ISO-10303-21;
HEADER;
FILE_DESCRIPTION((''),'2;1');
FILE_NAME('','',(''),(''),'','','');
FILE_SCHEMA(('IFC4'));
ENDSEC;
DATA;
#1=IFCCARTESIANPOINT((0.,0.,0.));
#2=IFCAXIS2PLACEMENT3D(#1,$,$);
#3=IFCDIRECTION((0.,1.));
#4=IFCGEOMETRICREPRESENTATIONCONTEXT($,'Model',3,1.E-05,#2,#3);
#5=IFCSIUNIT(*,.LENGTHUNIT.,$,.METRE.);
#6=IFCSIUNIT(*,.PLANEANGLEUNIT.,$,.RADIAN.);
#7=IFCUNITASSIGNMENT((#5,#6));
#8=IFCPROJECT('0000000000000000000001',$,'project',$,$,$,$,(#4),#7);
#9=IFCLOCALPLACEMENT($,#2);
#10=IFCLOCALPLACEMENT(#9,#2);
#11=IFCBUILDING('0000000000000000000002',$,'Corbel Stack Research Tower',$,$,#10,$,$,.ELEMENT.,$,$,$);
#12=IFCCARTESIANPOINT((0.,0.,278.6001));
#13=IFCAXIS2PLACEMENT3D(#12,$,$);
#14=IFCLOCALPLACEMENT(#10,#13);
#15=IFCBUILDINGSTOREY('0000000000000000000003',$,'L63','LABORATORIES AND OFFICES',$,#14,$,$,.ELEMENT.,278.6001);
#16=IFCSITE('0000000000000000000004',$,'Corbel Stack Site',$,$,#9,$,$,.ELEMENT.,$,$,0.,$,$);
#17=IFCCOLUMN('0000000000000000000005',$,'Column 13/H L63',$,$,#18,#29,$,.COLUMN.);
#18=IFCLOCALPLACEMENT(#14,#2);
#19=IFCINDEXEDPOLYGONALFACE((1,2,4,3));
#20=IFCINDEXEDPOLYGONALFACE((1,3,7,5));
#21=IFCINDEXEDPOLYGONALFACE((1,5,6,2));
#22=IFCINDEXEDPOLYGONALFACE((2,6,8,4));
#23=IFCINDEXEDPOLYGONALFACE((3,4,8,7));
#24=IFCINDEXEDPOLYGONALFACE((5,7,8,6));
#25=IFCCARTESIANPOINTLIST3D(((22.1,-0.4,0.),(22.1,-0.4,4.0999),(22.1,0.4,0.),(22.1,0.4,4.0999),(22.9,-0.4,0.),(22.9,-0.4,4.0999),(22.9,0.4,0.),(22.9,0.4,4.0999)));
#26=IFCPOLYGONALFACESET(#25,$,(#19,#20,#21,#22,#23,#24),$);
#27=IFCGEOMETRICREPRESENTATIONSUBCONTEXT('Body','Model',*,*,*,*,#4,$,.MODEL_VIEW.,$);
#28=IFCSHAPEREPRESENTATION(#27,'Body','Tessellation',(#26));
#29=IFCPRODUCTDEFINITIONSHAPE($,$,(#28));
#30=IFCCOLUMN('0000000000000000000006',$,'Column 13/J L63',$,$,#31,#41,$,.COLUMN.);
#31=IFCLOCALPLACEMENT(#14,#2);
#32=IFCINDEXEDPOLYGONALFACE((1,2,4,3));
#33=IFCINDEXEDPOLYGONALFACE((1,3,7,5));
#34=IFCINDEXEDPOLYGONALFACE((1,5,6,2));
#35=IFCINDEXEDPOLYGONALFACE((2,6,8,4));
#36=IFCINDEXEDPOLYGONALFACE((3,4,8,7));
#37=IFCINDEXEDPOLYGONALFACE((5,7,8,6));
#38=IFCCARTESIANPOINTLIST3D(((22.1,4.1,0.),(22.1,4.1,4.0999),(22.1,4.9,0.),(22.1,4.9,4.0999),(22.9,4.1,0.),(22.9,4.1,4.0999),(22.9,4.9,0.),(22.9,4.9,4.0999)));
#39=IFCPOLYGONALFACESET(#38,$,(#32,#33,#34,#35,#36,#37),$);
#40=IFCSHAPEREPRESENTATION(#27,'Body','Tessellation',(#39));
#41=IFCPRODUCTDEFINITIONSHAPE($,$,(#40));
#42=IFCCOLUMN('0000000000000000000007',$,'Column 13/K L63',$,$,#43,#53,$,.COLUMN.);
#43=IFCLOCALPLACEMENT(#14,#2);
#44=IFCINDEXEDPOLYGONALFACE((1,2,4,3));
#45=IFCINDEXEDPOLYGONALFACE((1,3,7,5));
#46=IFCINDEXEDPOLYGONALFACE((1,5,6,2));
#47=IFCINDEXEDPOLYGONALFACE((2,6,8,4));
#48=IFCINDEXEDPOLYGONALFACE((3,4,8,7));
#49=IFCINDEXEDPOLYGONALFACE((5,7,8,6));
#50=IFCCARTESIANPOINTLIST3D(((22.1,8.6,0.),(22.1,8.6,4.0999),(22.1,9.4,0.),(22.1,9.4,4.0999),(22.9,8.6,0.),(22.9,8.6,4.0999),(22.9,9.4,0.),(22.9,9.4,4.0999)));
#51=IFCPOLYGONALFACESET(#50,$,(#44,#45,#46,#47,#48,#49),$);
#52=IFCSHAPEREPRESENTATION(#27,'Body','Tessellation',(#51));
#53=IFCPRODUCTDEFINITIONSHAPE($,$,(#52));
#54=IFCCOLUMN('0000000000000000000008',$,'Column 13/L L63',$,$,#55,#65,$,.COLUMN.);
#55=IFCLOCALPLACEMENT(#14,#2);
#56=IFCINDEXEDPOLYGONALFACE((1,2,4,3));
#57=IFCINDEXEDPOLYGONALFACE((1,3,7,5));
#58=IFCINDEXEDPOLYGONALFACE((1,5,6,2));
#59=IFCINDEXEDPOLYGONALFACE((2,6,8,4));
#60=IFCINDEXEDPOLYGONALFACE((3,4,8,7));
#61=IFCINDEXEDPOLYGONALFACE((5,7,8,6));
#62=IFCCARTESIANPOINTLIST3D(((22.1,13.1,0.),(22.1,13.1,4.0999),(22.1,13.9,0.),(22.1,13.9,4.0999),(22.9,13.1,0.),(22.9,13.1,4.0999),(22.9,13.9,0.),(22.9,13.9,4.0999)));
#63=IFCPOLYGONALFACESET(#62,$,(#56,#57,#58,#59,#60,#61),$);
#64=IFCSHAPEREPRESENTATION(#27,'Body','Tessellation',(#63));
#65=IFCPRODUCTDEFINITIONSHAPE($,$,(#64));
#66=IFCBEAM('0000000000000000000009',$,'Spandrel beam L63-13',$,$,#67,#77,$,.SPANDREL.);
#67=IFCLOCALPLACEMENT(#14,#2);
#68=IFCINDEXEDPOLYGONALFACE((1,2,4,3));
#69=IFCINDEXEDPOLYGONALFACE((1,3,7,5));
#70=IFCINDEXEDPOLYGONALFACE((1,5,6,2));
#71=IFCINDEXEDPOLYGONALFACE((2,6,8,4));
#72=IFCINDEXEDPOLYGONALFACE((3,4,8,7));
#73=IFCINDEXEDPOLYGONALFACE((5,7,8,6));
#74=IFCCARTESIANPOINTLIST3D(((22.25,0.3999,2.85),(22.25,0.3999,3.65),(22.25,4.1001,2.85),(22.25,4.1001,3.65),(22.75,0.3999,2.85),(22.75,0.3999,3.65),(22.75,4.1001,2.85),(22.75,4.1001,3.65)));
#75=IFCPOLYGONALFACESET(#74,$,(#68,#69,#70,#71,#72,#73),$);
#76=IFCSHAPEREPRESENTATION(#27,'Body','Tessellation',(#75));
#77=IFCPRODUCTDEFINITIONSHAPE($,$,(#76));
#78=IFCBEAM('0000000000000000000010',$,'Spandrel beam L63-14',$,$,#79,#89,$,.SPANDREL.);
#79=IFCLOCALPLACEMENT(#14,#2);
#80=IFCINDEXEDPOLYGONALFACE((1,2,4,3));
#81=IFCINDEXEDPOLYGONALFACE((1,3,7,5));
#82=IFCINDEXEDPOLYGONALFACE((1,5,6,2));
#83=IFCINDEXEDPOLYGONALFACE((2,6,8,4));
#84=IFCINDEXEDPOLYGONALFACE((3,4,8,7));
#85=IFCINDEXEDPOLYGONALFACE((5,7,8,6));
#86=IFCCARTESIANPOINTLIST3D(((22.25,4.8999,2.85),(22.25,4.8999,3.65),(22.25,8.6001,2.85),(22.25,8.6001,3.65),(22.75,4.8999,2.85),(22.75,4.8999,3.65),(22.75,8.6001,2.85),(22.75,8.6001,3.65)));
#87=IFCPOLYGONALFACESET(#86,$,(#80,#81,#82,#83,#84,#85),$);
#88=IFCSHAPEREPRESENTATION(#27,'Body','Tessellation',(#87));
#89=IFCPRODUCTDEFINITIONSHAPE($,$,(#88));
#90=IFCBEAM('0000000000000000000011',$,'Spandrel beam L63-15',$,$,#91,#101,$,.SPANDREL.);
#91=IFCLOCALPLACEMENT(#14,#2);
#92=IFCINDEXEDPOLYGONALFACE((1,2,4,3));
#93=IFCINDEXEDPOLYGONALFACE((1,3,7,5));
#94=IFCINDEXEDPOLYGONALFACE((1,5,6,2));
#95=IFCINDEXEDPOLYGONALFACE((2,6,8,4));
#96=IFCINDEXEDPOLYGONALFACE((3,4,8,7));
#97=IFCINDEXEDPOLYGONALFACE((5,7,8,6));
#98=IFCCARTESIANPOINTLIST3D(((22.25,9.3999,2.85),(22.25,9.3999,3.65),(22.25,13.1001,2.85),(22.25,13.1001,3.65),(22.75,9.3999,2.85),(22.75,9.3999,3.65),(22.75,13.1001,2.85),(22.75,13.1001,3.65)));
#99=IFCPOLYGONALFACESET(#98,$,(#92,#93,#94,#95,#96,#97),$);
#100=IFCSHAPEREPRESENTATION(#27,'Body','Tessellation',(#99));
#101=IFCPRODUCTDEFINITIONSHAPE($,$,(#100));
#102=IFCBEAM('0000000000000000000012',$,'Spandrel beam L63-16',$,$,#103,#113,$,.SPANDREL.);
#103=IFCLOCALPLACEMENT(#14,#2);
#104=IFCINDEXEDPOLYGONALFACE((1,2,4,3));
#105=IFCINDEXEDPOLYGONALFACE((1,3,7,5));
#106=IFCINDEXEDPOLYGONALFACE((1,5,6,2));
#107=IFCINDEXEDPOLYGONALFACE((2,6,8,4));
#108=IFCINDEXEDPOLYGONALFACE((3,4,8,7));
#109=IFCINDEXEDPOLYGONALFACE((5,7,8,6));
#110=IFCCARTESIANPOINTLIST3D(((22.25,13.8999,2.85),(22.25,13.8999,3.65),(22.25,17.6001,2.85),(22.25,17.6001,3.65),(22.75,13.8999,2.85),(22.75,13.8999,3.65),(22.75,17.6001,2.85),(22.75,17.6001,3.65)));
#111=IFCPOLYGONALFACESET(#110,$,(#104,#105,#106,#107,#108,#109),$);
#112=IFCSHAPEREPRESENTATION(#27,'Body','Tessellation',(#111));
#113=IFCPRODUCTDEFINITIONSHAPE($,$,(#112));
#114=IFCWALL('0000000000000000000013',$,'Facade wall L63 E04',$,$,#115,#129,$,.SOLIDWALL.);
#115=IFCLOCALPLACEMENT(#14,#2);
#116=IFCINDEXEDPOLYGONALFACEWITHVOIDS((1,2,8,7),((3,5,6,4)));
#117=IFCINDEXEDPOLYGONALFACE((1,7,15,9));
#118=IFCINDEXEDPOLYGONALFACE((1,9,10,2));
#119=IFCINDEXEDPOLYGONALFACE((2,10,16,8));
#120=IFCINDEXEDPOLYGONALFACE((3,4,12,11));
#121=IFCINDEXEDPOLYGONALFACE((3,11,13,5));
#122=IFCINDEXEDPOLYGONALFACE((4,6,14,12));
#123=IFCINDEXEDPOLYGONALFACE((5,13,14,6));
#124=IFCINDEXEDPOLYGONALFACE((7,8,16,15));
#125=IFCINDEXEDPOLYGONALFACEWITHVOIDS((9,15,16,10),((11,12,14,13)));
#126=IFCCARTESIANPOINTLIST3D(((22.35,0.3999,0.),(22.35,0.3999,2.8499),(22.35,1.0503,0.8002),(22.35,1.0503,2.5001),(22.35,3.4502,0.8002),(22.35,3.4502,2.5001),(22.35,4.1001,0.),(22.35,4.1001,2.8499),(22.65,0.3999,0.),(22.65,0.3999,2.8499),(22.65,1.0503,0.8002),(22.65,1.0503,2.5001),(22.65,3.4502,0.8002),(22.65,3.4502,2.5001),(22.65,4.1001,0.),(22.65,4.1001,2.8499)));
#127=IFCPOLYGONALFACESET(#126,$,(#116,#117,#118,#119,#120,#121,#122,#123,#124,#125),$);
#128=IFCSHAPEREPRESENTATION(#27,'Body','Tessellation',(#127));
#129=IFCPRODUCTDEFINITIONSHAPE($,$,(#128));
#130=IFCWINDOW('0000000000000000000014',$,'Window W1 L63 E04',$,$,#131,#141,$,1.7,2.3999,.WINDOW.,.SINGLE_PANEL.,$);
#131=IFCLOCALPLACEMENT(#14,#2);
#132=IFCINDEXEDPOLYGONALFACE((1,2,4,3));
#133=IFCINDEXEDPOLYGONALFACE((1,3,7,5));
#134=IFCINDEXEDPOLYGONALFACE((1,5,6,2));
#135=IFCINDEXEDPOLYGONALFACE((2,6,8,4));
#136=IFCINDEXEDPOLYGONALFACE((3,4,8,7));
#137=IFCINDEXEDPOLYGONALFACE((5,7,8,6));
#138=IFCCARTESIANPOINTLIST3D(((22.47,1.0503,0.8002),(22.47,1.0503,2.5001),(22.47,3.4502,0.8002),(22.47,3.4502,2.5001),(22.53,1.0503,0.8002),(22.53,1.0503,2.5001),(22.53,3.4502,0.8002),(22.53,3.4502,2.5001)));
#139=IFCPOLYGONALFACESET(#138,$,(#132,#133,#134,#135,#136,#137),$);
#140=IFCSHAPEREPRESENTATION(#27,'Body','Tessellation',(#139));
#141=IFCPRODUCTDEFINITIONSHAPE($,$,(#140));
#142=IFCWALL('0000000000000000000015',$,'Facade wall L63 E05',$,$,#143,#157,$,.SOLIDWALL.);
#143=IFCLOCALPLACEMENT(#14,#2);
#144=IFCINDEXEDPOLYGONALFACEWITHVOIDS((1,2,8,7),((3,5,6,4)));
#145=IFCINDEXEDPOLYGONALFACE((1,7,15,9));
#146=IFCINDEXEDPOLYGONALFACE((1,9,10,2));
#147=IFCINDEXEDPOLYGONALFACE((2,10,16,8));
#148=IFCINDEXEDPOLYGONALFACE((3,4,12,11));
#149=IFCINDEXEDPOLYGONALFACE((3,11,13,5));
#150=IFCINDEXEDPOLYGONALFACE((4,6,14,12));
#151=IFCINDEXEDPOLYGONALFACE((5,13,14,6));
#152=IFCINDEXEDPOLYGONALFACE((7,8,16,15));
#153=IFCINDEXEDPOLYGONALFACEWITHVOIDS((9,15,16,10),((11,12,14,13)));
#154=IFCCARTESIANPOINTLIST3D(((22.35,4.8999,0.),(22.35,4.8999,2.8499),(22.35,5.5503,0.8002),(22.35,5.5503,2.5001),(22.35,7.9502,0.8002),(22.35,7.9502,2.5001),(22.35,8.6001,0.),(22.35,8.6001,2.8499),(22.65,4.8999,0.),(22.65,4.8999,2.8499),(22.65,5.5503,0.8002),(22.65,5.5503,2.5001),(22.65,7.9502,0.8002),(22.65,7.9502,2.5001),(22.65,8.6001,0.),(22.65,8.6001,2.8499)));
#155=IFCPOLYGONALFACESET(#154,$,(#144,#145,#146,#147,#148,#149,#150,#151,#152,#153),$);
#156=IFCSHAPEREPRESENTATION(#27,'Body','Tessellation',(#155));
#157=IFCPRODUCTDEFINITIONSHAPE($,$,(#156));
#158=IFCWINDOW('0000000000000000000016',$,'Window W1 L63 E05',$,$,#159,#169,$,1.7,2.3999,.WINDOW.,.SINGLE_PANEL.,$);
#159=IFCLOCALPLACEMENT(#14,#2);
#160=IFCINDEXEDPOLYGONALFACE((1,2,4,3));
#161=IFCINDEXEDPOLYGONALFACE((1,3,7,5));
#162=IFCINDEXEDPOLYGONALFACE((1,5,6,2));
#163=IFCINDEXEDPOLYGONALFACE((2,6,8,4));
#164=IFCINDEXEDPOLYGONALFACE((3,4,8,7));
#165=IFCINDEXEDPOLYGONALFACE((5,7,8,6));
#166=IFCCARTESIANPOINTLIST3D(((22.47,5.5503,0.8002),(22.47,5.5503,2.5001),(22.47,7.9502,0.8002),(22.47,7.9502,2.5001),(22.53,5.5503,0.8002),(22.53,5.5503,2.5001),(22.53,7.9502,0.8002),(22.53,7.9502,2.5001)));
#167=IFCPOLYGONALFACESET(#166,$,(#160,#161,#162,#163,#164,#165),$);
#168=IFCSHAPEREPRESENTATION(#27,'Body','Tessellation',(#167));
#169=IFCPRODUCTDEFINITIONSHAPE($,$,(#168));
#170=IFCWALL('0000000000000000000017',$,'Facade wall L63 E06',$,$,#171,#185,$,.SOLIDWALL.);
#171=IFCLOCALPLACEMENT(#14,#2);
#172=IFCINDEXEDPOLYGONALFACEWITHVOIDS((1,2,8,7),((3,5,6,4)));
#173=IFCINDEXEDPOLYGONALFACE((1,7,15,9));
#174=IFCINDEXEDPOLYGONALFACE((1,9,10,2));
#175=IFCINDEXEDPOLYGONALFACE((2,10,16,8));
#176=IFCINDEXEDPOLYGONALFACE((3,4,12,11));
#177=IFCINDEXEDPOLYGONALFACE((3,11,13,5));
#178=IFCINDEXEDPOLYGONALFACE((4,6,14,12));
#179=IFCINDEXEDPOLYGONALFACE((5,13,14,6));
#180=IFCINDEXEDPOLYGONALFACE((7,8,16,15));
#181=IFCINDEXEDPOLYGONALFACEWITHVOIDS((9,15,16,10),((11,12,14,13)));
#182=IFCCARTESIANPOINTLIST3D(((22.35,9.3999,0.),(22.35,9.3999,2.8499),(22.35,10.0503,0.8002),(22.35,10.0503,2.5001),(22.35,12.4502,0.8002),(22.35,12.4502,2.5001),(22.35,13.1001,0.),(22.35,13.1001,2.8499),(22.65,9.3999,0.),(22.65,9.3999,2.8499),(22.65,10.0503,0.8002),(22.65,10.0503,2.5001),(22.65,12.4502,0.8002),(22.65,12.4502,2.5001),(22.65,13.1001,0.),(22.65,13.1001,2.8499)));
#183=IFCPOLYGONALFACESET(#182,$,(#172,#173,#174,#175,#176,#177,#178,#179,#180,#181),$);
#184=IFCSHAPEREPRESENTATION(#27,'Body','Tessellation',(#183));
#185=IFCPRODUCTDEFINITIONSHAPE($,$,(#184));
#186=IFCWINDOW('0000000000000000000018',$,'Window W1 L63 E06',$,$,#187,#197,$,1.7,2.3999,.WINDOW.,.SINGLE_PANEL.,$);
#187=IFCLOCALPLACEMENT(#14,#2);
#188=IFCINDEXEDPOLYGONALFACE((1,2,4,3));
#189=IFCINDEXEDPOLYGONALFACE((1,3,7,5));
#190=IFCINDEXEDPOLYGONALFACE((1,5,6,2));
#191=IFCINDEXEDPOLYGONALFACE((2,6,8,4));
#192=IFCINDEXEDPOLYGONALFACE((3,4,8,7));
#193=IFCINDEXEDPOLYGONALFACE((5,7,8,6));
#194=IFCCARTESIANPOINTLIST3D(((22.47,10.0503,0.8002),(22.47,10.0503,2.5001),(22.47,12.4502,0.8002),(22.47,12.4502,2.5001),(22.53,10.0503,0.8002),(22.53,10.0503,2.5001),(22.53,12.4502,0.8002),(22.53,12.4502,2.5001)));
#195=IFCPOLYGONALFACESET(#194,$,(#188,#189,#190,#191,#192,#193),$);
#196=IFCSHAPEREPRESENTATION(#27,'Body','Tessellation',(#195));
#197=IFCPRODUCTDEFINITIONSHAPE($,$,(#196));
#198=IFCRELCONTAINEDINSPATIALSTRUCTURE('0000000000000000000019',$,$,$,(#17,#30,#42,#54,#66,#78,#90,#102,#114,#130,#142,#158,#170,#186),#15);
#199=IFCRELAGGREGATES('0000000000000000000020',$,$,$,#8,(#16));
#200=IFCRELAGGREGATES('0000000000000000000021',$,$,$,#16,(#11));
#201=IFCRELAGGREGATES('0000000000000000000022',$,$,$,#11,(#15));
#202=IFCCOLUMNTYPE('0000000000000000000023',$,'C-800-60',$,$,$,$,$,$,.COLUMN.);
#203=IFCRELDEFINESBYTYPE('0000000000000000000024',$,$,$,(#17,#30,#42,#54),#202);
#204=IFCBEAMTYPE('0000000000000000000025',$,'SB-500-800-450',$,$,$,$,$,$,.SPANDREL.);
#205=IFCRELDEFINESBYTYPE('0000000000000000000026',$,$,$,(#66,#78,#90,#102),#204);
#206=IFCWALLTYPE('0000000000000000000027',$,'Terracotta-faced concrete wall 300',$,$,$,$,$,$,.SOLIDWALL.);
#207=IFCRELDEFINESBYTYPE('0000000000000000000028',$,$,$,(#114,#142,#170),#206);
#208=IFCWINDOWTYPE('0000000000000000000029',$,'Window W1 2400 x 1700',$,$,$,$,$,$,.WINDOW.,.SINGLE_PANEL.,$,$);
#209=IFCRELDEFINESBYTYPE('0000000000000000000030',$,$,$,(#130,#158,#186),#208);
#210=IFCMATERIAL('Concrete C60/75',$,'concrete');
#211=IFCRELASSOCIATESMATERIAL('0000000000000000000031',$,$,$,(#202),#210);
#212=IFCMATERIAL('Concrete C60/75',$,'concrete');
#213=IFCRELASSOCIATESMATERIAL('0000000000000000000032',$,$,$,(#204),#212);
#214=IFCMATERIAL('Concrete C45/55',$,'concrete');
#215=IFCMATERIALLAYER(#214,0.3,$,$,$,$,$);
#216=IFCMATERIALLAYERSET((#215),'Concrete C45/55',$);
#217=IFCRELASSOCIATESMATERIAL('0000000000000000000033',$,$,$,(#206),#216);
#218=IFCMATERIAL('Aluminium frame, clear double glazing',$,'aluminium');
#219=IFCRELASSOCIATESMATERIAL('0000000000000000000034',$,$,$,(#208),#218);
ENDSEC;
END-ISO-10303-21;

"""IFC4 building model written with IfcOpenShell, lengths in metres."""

from ifc_helpers import new_model, si_unit, direction, frame, frame_2d, origin, origin_2d, place, context, subcontext, project, spatial, rectangle, extrude, material, layer, layer_set, material_profile, profile_set, type_object, element, fill, save


model = new_model("IFC4")

# Units and contexts
model_context = context("Model", 3, precision=1e-05, world=origin(), true_north=direction((0.0, 1.0)))
body_context = subcontext(model_context, "Body", "Model", "MODEL_VIEW")
ifc_project = project(units=[si_unit("LENGTHUNIT", "METRE"), si_unit("PLANEANGLEUNIT", "RADIAN")], contexts=[model_context])

# Site, building, storey
site_placement = place(None, origin())
site = spatial("IfcSite", under=ifc_project, at=site_placement, Name="Corbel Stack Site", CompositionType="ELEMENT", RefElevation=0.0)
building_placement = place(site_placement, origin())
building = spatial("IfcBuilding", under=site, at=building_placement, Name="Corbel Stack Research Tower", CompositionType="ELEMENT")
storey_placement = place(building_placement, frame((0.0, 0.0, 278.6001)))
storey = spatial("IfcBuildingStorey", under=building, at=storey_placement, Name="L63", Description="LABORATORIES AND OFFICES", CompositionType="ELEMENT", Elevation=278.6001)

# Columns
ifc_material_1 = material(Name="Concrete C60/75", Category="concrete")
ifc_material_profile_1 = material_profile(ifc_material_1, rectangle(XDim=0.8, YDim=0.8, at=origin_2d()), Name="RC 800 x 800")
ifc_profile_set_1 = profile_set([ifc_material_profile_1], Name="Concrete C60/75")
column_type = type_object("IfcColumnType", Name="C-800-60", PredefinedType="COLUMN", material=ifc_profile_set_1)
for number, where, z_axis, x_axis, name in (
    (1, (22.5, 0.0, 0.0), (0.0, 0.0, 1.0), (1.0, 0.0, 0.0), "Column 13/H L63"),
    (2, (22.5, 4.5, 0.0), (0.0, 0.0, 1.0), (1.0, 0.0, 0.0), "Column 13/J L63"),
    (3, (22.5, 9.0, 0.0), (0.0, 0.0, 1.0), (1.0, 0.0, 0.0), "Column 13/K L63"),
    (4, (22.5, 13.5, 0.0), (0.0, 0.0, 1.0), (1.0, 0.0, 0.0), "Column 13/L L63"),
):
    element("IfcColumn", number, at=place(storey_placement, frame(where, z_axis=z_axis, x_axis=x_axis)), inside=storey, type_object=column_type, Name=name, PredefinedType="COLUMN", context=body_context, shape_type="SweptSolid", body=[
        extrude(rectangle(XDim=0.8, YDim=0.8, at=origin_2d()), origin(), (0.0, 0.0, 1.0), 4.0999),
    ])

# Beams
ifc_material_2 = material(Name="Concrete C60/75", Category="concrete")
ifc_material_profile_2 = material_profile(ifc_material_2, rectangle(XDim=0.5, YDim=0.8, at=origin_2d()), Name="RC 500 x 800")
ifc_profile_set_2 = profile_set([ifc_material_profile_2], Name="Concrete C60/75")
beam_type = type_object("IfcBeamType", Name="SB-500-800-450", PredefinedType="SPANDREL", material=ifc_profile_set_2)
for number, where, z_axis, x_axis, name in (
    (5, (22.5, 0.3999, 3.25), (0.0, 1.0, 0.0), (-1.0, 0.0, 0.0), "Spandrel beam L63-13"),
    (6, (22.5, 4.8999, 3.25), (0.0, 1.0, 0.0), (-1.0, 0.0, 0.0), "Spandrel beam L63-14"),
    (7, (22.5, 9.3999, 3.25), (0.0, 1.0, 0.0), (-1.0, 0.0, 0.0), "Spandrel beam L63-15"),
    (8, (22.5, 13.8999, 3.25), (0.0, 1.0, 0.0), (-1.0, 0.0, 0.0), "Spandrel beam L63-16"),
):
    element("IfcBeam", number, at=place(storey_placement, frame(where, z_axis=z_axis, x_axis=x_axis)), inside=storey, type_object=beam_type, Name=name, PredefinedType="SPANDREL", context=body_context, shape_type="SweptSolid", body=[
        extrude(rectangle(XDim=0.5, YDim=0.8, at=origin_2d()), origin(), (0.0, 0.0, 1.0), 3.7002),
    ])

# Walls, openings, windows
ifc_material_3 = material(Name="Concrete C45/55", Category="concrete")
ifc_layer = layer(ifc_material_3, 0.3)
ifc_layer_set = layer_set([ifc_layer], Name="Concrete C45/55")
wall_type = type_object("IfcWallType", Name="Terracotta-faced concrete wall 300", PredefinedType="SOLIDWALL", material=ifc_layer_set)
wall_1_placement = place(storey_placement, frame((22.5, 4.1001, 0.0), z_axis=(0.0, 0.0, 1.0), x_axis=(0.0, -1.0, 0.0)))
wall_1 = element("IfcWall", 9, at=wall_1_placement, inside=storey, type_object=wall_type, Name="Facade wall L63 E04", PredefinedType="SOLIDWALL", context=body_context, shape_type="SweptSolid", body=[
    extrude(rectangle(XDim=3.7002, YDim=0.3, at=frame_2d((1.8501, 0.0))), origin(), (0.0, 0.0, 1.0), 2.8499),
])
opening_1_placement = place(wall_1_placement, frame((0.6499, 0.0, 0.8)))
opening_1 = element("IfcOpeningElement", 10, at=opening_1_placement, cuts=wall_1, PredefinedType="OPENING", context=body_context, shape_type="SweptSolid", body=[
    extrude(rectangle(XDim=2.3999, YDim=1.7, at=frame_2d((1.2, 0.8501))), frame((0.0, 0.1599, 0.0), z_axis=(0.0, -1.0, 0.0), x_axis=(1.0, 0.0, 0.0)), (0.0, 0.0, 1.0), 0.3201),
])
ifc_material_4 = material(Name="Aluminium frame, clear double glazing", Category="aluminium")
window_type = type_object("IfcWindowType", Name="Window W1 2400 x 1700", PartitioningType="SINGLE_PANEL", PredefinedType="WINDOW", material=ifc_material_4)
window_1_placement = place(opening_1_placement, origin())
window_1 = element("IfcWindow", 11, at=window_1_placement, inside=storey, type_object=window_type, Name="Window W1 L63 E04", OverallHeight=1.7, OverallWidth=2.3999, PartitioningType="SINGLE_PANEL", PredefinedType="WINDOW", context=body_context, shape_type="SweptSolid", body=[
    extrude(rectangle(XDim=2.3999, YDim=1.7, at=frame_2d((1.2, 0.8501))), frame((0.0, 0.03, 0.0), z_axis=(0.0, -1.0, 0.0), x_axis=(1.0, 0.0, 0.0)), (0.0, 0.0, 1.0), 0.0601),
])
fill(opening_1, window_1)
wall_2_placement = place(storey_placement, frame((22.5, 8.6001, 0.0), z_axis=(0.0, 0.0, 1.0), x_axis=(0.0, -1.0, 0.0)))
wall_2 = element("IfcWall", 12, at=wall_2_placement, inside=storey, type_object=wall_type, Name="Facade wall L63 E05", PredefinedType="SOLIDWALL", context=body_context, shape_type="SweptSolid", body=[
    extrude(rectangle(XDim=3.7002, YDim=0.3, at=frame_2d((1.8501, 0.0))), origin(), (0.0, 0.0, 1.0), 2.8499),
])
opening_2_placement = place(wall_2_placement, frame((0.6499, 0.0, 0.8)))
opening_2 = element("IfcOpeningElement", 13, at=opening_2_placement, cuts=wall_2, PredefinedType="OPENING", context=body_context, shape_type="SweptSolid", body=[
    extrude(rectangle(XDim=2.3999, YDim=1.7, at=frame_2d((1.2, 0.8501))), frame((0.0, 0.1599, 0.0), z_axis=(0.0, -1.0, 0.0), x_axis=(1.0, 0.0, 0.0)), (0.0, 0.0, 1.0), 0.3201),
])
window_2_placement = place(opening_2_placement, origin())
window_2 = element("IfcWindow", 14, at=window_2_placement, inside=storey, type_object=window_type, Name="Window W1 L63 E05", OverallHeight=1.7, OverallWidth=2.3999, PartitioningType="SINGLE_PANEL", PredefinedType="WINDOW", context=body_context, shape_type="SweptSolid", body=[
    extrude(rectangle(XDim=2.3999, YDim=1.7, at=frame_2d((1.2, 0.8501))), frame((0.0, 0.03, 0.0), z_axis=(0.0, -1.0, 0.0), x_axis=(1.0, 0.0, 0.0)), (0.0, 0.0, 1.0), 0.0601),
])
fill(opening_2, window_2)
wall_3_placement = place(storey_placement, frame((22.5, 13.1001, 0.0), z_axis=(0.0, 0.0, 1.0), x_axis=(0.0, -1.0, 0.0)))
wall_3 = element("IfcWall", 15, at=wall_3_placement, inside=storey, type_object=wall_type, Name="Facade wall L63 E06", PredefinedType="SOLIDWALL", context=body_context, shape_type="SweptSolid", body=[
    extrude(rectangle(XDim=3.7002, YDim=0.3, at=frame_2d((1.8501, 0.0))), origin(), (0.0, 0.0, 1.0), 2.8499),
])
opening_3_placement = place(wall_3_placement, frame((0.6499, 0.0, 0.8)))
opening_3 = element("IfcOpeningElement", 16, at=opening_3_placement, cuts=wall_3, PredefinedType="OPENING", context=body_context, shape_type="SweptSolid", body=[
    extrude(rectangle(XDim=2.3999, YDim=1.7, at=frame_2d((1.2, 0.8501))), frame((0.0, 0.1599, 0.0), z_axis=(0.0, -1.0, 0.0), x_axis=(1.0, 0.0, 0.0)), (0.0, 0.0, 1.0), 0.3201),
])
window_3_placement = place(opening_3_placement, origin())
window_3 = element("IfcWindow", 17, at=window_3_placement, inside=storey, type_object=window_type, Name="Window W1 L63 E06", OverallHeight=1.7, OverallWidth=2.3999, PartitioningType="SINGLE_PANEL", PredefinedType="WINDOW", context=body_context, shape_type="SweptSolid", body=[
    extrude(rectangle(XDim=2.3999, YDim=1.7, at=frame_2d((1.2, 0.8501))), frame((0.0, 0.03, 0.0), z_axis=(0.0, -1.0, 0.0), x_axis=(1.0, 0.0, 0.0)), (0.0, 0.0, 1.0), 0.0601),
])
fill(opening_3, window_3)

save(model, "model.ifc")
